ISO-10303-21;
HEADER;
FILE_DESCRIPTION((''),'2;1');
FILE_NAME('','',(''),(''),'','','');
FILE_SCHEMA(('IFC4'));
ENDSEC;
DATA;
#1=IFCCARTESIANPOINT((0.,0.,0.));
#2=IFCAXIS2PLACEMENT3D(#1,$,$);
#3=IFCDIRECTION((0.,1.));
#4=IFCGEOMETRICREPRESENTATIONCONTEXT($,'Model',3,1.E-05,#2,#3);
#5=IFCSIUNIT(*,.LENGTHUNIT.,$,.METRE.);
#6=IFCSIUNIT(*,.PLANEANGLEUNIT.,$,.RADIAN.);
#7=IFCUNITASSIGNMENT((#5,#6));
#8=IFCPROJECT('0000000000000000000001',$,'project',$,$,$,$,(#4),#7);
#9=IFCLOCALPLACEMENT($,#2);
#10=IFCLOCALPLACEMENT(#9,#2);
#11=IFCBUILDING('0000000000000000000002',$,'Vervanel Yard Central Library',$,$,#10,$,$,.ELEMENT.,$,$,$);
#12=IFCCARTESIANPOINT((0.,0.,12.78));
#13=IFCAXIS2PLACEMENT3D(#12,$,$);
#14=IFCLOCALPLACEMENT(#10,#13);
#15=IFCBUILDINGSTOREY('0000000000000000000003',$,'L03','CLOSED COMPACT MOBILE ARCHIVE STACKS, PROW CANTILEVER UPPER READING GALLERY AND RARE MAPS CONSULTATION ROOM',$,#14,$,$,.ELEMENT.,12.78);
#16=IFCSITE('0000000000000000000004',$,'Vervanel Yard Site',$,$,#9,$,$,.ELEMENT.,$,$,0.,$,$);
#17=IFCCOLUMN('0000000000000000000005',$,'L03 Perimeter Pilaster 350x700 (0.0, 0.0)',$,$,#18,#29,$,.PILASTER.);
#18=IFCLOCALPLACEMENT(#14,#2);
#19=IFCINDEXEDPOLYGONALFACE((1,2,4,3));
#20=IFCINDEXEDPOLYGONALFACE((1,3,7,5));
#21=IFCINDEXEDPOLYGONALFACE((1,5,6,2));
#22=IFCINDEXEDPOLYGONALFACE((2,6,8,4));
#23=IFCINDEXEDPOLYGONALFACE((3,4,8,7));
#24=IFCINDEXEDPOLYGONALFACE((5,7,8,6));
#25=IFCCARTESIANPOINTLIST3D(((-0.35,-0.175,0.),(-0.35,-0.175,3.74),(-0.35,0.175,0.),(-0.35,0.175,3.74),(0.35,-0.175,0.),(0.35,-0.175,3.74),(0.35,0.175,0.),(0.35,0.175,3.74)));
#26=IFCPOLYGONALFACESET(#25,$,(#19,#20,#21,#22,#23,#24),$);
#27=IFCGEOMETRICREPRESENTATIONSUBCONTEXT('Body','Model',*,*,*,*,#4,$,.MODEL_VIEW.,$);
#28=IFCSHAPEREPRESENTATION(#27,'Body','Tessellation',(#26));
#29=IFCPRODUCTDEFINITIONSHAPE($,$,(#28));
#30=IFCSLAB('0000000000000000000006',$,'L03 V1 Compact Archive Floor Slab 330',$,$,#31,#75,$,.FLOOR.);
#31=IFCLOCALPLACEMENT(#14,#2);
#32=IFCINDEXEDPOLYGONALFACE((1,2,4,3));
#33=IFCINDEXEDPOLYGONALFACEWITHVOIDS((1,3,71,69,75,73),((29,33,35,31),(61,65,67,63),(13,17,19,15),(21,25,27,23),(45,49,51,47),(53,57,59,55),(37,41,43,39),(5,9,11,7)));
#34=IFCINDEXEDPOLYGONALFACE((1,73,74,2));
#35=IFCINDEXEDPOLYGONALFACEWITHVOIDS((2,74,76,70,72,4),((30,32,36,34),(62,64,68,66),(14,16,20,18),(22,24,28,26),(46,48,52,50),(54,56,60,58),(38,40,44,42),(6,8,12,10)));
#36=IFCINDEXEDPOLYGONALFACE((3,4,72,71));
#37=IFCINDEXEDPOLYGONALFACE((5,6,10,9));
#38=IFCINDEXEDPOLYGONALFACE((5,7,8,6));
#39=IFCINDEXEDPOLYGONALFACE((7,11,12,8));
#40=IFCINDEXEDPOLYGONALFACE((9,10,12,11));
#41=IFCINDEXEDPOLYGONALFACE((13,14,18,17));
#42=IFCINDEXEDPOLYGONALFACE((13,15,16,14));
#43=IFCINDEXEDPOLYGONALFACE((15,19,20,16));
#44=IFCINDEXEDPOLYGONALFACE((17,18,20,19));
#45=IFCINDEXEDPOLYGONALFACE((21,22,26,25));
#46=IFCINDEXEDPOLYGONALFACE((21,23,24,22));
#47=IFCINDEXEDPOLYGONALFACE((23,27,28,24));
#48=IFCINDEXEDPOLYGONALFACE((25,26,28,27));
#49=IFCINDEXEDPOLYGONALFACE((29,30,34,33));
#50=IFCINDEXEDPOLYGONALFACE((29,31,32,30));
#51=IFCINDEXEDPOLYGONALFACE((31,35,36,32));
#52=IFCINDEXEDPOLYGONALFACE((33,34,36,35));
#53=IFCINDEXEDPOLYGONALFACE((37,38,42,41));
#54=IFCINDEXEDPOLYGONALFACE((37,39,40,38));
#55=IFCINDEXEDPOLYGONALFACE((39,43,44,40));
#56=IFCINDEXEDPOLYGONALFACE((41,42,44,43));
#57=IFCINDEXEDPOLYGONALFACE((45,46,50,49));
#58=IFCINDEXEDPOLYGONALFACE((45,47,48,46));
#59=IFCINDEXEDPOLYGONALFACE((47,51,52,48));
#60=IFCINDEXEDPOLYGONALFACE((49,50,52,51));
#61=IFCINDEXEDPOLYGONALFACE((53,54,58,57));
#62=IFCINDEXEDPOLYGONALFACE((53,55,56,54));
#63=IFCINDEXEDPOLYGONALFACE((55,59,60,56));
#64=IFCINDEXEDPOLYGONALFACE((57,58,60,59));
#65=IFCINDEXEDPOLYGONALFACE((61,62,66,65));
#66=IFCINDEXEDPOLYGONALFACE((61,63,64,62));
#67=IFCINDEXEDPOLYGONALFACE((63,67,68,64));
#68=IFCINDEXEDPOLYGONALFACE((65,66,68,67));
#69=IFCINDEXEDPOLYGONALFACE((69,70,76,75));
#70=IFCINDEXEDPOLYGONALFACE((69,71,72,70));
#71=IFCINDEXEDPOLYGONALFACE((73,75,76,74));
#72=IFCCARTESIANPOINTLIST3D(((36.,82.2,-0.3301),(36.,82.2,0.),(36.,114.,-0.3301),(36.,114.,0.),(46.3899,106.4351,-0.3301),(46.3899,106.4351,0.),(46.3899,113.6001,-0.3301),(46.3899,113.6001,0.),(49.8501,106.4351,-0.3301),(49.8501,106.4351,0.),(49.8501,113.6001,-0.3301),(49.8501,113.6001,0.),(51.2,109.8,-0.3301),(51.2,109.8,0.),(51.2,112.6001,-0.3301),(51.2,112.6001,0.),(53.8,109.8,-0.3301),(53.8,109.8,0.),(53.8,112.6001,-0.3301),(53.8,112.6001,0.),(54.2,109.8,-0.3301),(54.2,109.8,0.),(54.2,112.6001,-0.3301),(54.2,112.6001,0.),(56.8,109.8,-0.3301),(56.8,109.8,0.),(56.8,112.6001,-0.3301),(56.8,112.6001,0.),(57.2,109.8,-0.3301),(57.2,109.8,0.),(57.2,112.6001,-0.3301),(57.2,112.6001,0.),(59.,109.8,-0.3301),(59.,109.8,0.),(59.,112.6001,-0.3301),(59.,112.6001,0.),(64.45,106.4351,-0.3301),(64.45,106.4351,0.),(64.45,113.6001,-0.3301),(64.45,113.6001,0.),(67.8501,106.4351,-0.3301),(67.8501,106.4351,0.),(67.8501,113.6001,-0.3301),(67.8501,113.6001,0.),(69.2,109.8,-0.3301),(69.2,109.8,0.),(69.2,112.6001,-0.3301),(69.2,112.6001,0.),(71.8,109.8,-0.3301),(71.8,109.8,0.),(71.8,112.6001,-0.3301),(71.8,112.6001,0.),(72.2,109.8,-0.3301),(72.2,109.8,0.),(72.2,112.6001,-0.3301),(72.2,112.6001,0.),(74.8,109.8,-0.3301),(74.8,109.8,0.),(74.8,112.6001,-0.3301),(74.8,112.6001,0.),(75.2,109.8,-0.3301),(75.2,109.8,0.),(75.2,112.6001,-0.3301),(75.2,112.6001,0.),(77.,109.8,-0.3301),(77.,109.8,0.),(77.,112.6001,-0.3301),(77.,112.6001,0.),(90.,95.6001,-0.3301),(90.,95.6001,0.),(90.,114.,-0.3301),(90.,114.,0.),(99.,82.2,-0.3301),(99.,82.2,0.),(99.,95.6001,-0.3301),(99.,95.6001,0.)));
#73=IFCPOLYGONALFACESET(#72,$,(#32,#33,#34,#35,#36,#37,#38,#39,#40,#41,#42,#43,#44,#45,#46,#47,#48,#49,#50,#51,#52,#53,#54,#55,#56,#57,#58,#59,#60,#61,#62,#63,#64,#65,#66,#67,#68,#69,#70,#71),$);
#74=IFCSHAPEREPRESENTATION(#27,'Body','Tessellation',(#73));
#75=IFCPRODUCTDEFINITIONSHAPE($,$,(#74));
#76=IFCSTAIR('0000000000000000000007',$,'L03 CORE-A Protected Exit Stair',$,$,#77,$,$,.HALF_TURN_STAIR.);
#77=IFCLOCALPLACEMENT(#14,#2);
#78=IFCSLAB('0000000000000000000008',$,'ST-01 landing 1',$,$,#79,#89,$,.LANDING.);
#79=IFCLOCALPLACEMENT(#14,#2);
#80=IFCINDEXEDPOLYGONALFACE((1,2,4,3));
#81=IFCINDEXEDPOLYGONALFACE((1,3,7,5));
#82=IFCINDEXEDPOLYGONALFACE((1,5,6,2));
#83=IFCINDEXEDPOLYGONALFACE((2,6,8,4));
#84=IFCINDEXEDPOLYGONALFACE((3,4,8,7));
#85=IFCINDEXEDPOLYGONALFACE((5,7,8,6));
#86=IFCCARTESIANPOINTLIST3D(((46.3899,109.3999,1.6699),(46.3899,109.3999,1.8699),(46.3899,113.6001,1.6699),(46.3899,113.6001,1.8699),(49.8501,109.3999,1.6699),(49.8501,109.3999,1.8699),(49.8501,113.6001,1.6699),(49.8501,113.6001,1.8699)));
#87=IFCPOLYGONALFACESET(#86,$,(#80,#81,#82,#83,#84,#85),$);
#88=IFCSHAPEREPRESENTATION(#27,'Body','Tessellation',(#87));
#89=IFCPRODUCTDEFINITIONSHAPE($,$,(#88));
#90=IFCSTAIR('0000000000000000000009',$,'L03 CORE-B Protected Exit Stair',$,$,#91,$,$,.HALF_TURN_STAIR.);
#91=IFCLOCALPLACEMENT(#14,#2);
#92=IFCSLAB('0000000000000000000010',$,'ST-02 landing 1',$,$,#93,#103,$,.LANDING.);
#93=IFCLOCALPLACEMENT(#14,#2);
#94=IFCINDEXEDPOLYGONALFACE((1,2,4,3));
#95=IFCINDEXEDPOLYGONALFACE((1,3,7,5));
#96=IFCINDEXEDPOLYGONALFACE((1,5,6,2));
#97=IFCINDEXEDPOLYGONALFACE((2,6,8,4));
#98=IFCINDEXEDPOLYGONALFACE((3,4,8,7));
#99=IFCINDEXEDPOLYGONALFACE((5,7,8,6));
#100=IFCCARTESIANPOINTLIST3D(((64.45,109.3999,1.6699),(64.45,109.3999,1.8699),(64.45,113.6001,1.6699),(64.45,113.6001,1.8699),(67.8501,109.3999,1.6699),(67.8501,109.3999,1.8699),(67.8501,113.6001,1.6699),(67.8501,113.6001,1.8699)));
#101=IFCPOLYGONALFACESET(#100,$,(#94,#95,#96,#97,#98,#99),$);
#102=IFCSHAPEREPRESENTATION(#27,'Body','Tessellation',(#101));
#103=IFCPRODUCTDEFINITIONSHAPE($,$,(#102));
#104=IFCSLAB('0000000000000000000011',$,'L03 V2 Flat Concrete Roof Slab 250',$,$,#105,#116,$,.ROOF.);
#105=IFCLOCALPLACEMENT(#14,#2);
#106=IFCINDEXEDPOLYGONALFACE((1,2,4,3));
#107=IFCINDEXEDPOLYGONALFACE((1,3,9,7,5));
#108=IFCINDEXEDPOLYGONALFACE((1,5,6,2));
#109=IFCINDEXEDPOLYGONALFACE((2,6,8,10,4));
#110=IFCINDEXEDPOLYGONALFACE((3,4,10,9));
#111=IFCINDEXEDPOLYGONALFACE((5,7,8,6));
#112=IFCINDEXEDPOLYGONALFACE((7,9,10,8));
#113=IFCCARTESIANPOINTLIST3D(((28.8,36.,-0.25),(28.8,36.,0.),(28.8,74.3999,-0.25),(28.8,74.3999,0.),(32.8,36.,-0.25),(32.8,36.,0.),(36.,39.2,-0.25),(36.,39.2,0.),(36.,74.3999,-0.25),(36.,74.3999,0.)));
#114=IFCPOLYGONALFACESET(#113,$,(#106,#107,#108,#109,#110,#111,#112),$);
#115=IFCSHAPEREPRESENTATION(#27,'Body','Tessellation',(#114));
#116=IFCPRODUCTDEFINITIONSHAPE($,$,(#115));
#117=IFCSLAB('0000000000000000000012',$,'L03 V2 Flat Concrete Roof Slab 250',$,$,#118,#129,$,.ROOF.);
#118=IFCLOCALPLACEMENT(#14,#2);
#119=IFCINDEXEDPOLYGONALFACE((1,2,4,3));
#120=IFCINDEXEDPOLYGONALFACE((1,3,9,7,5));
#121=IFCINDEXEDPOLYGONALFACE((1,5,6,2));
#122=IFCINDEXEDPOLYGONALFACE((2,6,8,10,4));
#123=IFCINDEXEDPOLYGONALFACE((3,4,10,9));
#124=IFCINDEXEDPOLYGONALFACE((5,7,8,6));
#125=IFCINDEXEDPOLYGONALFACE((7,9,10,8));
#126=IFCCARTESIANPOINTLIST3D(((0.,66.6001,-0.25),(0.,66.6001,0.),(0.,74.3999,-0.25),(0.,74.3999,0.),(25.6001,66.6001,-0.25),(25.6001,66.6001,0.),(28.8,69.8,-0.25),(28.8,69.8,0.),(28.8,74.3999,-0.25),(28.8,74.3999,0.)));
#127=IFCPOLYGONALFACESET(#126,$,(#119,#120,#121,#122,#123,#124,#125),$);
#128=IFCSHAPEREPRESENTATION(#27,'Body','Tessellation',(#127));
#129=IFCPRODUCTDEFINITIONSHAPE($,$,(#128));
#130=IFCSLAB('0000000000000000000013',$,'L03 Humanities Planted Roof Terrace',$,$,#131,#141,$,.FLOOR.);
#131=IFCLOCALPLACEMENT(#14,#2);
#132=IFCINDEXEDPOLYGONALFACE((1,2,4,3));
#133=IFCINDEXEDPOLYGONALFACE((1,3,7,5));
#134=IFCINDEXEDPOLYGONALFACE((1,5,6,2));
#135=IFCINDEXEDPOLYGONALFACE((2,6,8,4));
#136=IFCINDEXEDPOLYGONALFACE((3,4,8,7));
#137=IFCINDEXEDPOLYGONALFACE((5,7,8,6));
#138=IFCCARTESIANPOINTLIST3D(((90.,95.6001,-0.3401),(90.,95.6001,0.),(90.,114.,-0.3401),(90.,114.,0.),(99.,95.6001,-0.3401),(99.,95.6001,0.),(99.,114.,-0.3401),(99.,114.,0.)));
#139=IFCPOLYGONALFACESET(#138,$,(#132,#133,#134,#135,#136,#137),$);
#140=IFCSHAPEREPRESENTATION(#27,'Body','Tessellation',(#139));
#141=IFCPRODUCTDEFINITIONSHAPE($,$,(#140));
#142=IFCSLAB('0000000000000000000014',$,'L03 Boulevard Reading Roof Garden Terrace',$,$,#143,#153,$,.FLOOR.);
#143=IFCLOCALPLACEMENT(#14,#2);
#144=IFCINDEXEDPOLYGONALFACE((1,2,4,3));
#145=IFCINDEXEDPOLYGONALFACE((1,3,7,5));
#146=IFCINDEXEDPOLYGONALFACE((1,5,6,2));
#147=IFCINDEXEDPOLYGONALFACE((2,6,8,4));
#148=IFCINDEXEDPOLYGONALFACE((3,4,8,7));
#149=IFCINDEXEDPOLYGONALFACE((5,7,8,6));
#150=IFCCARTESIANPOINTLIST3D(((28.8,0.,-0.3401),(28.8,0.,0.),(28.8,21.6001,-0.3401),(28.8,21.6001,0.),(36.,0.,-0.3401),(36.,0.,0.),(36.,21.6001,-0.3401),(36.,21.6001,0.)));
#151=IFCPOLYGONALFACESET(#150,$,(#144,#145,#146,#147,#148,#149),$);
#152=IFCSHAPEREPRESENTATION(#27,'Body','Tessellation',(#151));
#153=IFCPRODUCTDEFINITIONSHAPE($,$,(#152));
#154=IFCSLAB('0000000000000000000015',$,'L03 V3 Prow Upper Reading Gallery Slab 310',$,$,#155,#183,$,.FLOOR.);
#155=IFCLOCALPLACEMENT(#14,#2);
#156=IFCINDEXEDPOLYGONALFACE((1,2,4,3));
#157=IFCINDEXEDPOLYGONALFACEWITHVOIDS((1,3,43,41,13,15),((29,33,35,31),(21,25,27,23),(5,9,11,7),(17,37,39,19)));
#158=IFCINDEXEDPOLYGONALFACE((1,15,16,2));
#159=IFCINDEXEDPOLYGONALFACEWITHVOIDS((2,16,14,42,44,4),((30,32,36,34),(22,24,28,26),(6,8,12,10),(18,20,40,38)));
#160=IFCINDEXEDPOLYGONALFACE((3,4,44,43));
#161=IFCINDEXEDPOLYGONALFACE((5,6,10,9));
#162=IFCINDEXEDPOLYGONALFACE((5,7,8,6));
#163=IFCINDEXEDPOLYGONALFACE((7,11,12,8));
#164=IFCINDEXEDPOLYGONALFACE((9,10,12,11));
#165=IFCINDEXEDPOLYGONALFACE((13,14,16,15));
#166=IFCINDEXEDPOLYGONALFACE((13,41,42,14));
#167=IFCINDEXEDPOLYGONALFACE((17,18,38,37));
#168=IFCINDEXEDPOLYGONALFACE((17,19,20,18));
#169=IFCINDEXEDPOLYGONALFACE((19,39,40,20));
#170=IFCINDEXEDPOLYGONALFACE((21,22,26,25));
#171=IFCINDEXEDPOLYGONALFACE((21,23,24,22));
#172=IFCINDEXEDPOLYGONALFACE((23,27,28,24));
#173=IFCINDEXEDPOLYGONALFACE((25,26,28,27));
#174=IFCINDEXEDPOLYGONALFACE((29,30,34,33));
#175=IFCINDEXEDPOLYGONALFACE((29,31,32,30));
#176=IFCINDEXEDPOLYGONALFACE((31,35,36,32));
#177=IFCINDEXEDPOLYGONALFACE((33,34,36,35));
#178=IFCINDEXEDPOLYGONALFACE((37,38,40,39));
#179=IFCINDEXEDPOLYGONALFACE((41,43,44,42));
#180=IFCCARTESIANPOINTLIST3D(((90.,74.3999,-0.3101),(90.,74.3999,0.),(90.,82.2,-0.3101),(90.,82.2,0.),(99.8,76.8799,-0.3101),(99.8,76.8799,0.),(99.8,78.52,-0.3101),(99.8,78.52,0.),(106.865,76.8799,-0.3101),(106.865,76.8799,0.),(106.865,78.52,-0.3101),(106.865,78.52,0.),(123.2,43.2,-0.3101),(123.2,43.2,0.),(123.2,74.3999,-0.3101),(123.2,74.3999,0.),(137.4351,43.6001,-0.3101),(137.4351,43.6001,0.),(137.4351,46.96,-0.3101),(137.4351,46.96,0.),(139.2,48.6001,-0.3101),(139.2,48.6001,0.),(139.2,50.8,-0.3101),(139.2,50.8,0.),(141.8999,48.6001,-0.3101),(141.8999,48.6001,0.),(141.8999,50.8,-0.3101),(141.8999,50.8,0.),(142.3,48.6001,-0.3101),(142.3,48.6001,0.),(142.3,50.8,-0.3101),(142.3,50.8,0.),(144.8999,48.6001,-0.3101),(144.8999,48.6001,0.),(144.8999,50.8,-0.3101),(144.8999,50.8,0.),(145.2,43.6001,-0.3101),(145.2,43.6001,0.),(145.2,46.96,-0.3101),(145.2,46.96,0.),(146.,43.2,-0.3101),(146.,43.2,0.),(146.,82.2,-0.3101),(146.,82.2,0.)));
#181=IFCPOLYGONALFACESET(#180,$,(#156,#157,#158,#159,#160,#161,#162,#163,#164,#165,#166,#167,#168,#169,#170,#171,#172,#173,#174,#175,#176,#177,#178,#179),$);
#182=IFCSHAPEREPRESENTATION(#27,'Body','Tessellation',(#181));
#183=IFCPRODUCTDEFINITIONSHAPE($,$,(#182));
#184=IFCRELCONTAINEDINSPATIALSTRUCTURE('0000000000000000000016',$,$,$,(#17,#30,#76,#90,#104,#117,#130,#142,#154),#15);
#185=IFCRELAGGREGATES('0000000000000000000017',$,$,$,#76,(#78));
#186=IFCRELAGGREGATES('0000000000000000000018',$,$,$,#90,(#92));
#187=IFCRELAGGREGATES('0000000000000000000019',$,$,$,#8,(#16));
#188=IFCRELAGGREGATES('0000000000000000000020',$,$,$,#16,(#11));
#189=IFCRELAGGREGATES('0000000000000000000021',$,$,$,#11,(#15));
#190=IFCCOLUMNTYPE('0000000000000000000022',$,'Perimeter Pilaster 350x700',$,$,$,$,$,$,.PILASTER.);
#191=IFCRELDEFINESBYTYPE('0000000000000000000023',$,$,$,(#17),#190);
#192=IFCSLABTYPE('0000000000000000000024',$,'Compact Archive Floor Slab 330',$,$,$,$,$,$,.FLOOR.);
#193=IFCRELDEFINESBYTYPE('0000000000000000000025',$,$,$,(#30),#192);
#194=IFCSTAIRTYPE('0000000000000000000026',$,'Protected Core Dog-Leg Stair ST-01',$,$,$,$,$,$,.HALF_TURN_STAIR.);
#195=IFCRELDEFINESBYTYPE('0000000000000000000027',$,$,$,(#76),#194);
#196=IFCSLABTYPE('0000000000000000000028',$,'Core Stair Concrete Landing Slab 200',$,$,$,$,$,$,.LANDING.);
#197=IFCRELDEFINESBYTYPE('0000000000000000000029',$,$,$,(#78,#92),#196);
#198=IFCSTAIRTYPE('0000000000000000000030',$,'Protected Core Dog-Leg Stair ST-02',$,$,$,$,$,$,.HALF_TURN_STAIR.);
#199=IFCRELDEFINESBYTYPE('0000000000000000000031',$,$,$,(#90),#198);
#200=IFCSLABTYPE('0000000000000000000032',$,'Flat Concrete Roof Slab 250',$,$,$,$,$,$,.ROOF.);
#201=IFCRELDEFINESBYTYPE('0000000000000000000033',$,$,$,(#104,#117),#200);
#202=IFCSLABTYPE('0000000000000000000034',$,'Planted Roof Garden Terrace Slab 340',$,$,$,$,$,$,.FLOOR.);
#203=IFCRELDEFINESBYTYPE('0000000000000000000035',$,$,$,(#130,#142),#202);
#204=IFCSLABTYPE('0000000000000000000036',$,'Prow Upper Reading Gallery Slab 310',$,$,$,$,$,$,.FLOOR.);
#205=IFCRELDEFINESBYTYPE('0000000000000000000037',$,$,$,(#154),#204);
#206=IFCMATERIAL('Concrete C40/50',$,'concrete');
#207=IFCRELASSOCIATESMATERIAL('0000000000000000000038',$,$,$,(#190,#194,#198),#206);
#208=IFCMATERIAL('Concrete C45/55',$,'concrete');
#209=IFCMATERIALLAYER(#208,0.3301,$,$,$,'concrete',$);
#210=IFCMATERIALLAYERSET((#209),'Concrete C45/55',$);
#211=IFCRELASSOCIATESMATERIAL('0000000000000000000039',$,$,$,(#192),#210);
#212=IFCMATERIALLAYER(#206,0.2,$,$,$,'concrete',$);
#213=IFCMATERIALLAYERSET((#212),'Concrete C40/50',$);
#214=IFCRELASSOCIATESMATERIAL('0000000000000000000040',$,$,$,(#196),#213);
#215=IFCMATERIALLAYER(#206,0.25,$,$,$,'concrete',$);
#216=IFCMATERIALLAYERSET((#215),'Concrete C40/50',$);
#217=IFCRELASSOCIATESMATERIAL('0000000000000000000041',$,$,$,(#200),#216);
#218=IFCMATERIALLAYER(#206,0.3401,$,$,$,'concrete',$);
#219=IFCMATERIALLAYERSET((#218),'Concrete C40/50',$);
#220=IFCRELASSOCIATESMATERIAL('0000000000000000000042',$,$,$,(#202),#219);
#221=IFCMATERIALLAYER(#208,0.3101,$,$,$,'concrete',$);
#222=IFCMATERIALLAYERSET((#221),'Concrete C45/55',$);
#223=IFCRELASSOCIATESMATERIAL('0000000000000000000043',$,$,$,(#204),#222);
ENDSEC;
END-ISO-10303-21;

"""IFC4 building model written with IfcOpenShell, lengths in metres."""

from ifc_helpers import new_model, si_unit, direction, frame, origin, origin_2d, place, context, subcontext, project, spatial, polyline, rectangle, outline, extrude, material, layer, layer_set, material_profile, profile_set, type_object, element, aggregate, save


model = new_model("IFC4")

# Units and contexts
model_context = context("Model", 3, precision=1e-05, world=origin(), true_north=direction((0.0, 1.0)))
body_context = subcontext(model_context, "Body", "Model", "MODEL_VIEW")
ifc_project = project(units=[si_unit("LENGTHUNIT", "METRE"), si_unit("PLANEANGLEUNIT", "RADIAN")], contexts=[model_context])

# Site, building, storey
site_placement = place(None, origin())
site = spatial("IfcSite", under=ifc_project, at=site_placement, Name="Vervanel Yard Site", CompositionType="ELEMENT", RefElevation=0.0)
building_placement = place(site_placement, origin())
building = spatial("IfcBuilding", under=site, at=building_placement, Name="Vervanel Yard Central Library", CompositionType="ELEMENT")
storey_placement = place(building_placement, frame((0.0, 0.0, 12.78)))
storey = spatial("IfcBuildingStorey", under=building, at=storey_placement, Name="L03", Description="CLOSED COMPACT MOBILE ARCHIVE STACKS, PROW CANTILEVER UPPER READING GALLERY AND RARE MAPS CONSULTATION ROOM", CompositionType="ELEMENT", Elevation=12.78)

# Column
ifc_material_1 = material(Name="Concrete C40/50", Category="concrete")
ifc_material_profile = material_profile(ifc_material_1, rectangle(XDim=0.3501, YDim=0.7, at=origin_2d()), Name="RC 350x700", Category="concrete")
ifc_profile_set = profile_set([ifc_material_profile], Name="Concrete C40/50")
column_type = type_object("IfcColumnType", Name="Perimeter Pilaster 350x700", PredefinedType="PILASTER", material=ifc_profile_set)
column_placement = place(storey_placement, frame((0.0, 0.0, 0.0), z_axis=(0.0, 0.0, 1.0), x_axis=(0.0, 1.0, 0.0)))
element("IfcColumn", 1, at=column_placement, inside=storey, type_object=column_type, Name="L03 Perimeter Pilaster 350x700 (0.0, 0.0)", PredefinedType="PILASTER", context=body_context, shape_type="SweptSolid", body=[
    extrude(rectangle(XDim=0.3501, YDim=0.7, at=origin_2d()), origin(), (0.0, 0.0, 1.0), 3.74),
])

# Slab
ifc_material_2 = material(Name="Concrete C45/55", Category="concrete")
ifc_layer_1 = layer(ifc_material_2, 0.3301, Category="concrete")
ifc_layer_set_1 = layer_set([ifc_layer_1], Name="Concrete C45/55")
slab_type_1 = type_object("IfcSlabType", Name="Compact Archive Floor Slab 330", PredefinedType="FLOOR", material=ifc_layer_set_1)
slab_1_placement = place(storey_placement, frame((0.0, 0.0, -0.3301)))
element("IfcSlab", 2, at=slab_1_placement, inside=storey, type_object=slab_type_1, Name="L03 V1 Compact Archive Floor Slab 330", PredefinedType="FLOOR", context=body_context, shape_type="SweptSolid", body=[
    extrude(outline(polyline([(36.0, 82.2), (99.0, 82.2), (99.0, 95.6001), (90.0, 95.6001), (90.0, 114.0), (36.0, 114.0), (36.0, 82.2)]), holes=[polyline([(46.3899, 106.4351), (49.8501, 106.4351), (49.8501, 113.6001), (46.3899, 113.6001), (46.3899, 106.4351)]), polyline([(51.2, 109.8), (53.8, 109.8), (53.8, 112.6001), (51.2, 112.6001), (51.2, 109.8)]), polyline([(54.2, 109.8), (56.8, 109.8), (56.8, 112.6001), (54.2, 112.6001), (54.2, 109.8)]), polyline([(57.2, 109.8), (59.0, 109.8), (59.0, 112.6001), (57.2, 112.6001), (57.2, 109.8)]), polyline([(64.45, 106.4351), (67.8501, 106.4351), (67.8501, 113.6001), (64.45, 113.6001), (64.45, 106.4351)]), polyline([(69.2, 109.8), (71.8, 109.8), (71.8, 112.6001), (69.2, 112.6001), (69.2, 109.8)]), polyline([(72.2, 109.8), (74.8, 109.8), (74.8, 112.6001), (72.2, 112.6001), (72.2, 109.8)]), polyline([(75.2, 109.8), (77.0, 109.8), (77.0, 112.6001), (75.2, 112.6001), (75.2, 109.8)])]), origin(), (0.0, 0.0, 1.0), 0.3301),
])

# Stairs, slabs
stair_type_1 = type_object("IfcStairType", Name="Protected Core Dog-Leg Stair ST-01", PredefinedType="HALF_TURN_STAIR", material=ifc_material_1)
stair_1_placement = place(storey_placement, origin())
stair_1 = element("IfcStair", 3, at=stair_1_placement, inside=storey, type_object=stair_type_1, Name="L03 CORE-A Protected Exit Stair", PredefinedType="HALF_TURN_STAIR")
ifc_layer_2 = layer(ifc_material_1, 0.2, Category="concrete")
ifc_layer_set_2 = layer_set([ifc_layer_2], Name="Concrete C40/50")
slab_type_2 = type_object("IfcSlabType", Name="Core Stair Concrete Landing Slab 200", PredefinedType="LANDING", material=ifc_layer_set_2)
slab_2_placement = place(storey_placement, frame((0.0, 0.0, 1.6699)))
slab_2 = element("IfcSlab", 4, at=slab_2_placement, type_object=slab_type_2, Name="ST-01 landing 1", PredefinedType="LANDING", context=body_context, shape_type="SweptSolid", body=[
    extrude(outline(polyline([(49.8501, 109.3999), (49.8501, 113.6001), (46.3899, 113.6001), (46.3899, 109.3999), (49.8501, 109.3999)])), origin(), (0.0, 0.0, 1.0), 0.2),
])
aggregate(stair_1, [slab_2])
stair_type_2 = type_object("IfcStairType", Name="Protected Core Dog-Leg Stair ST-02", PredefinedType="HALF_TURN_STAIR", material=ifc_material_1)
stair_2_placement = place(storey_placement, origin())
stair_2 = element("IfcStair", 5, at=stair_2_placement, inside=storey, type_object=stair_type_2, Name="L03 CORE-B Protected Exit Stair", PredefinedType="HALF_TURN_STAIR")
slab_3_placement = place(storey_placement, frame((0.0, 0.0, 1.6699)))
slab_3 = element("IfcSlab", 6, at=slab_3_placement, type_object=slab_type_2, Name="ST-02 landing 1", PredefinedType="LANDING", context=body_context, shape_type="SweptSolid", body=[
    extrude(outline(polyline([(67.8501, 109.3999), (67.8501, 113.6001), (64.45, 113.6001), (64.45, 109.3999), (67.8501, 109.3999)])), origin(), (0.0, 0.0, 1.0), 0.2),
])
aggregate(stair_2, [slab_3])

# Slabs
ifc_layer_3 = layer(ifc_material_1, 0.25, Category="concrete")
ifc_layer_set_3 = layer_set([ifc_layer_3], Name="Concrete C40/50")
slab_type_3 = type_object("IfcSlabType", Name="Flat Concrete Roof Slab 250", PredefinedType="ROOF", material=ifc_layer_set_3)
slab_4_placement = place(storey_placement, frame((0.0, 0.0, -0.25)))
element("IfcSlab", 7, at=slab_4_placement, inside=storey, type_object=slab_type_3, Name="L03 V2 Flat Concrete Roof Slab 250", PredefinedType="ROOF", context=body_context, shape_type="SweptSolid", body=[
    extrude(outline(polyline([(28.8, 36.0), (32.8, 36.0), (36.0, 39.2), (36.0, 74.3999), (28.8, 74.3999), (28.8, 36.0)])), origin(), (0.0, 0.0, 1.0), 0.25),
])
slab_5_placement = place(storey_placement, frame((0.0, 0.0, -0.25)))
element("IfcSlab", 8, at=slab_5_placement, inside=storey, type_object=slab_type_3, Name="L03 V2 Flat Concrete Roof Slab 250", PredefinedType="ROOF", context=body_context, shape_type="SweptSolid", body=[
    extrude(outline(polyline([(0.0, 66.6001), (25.6001, 66.6001), (28.8, 69.8), (28.8, 74.3999), (0.0, 74.3999), (0.0, 66.6001)])), origin(), (0.0, 0.0, 1.0), 0.25),
])
ifc_layer_4 = layer(ifc_material_1, 0.3401, Category="concrete")
ifc_layer_set_4 = layer_set([ifc_layer_4], Name="Concrete C40/50")
slab_type_4 = type_object("IfcSlabType", Name="Planted Roof Garden Terrace Slab 340", PredefinedType="FLOOR", material=ifc_layer_set_4)
slab_6_placement = place(storey_placement, frame((0.0, 0.0, -0.3401)))
element("IfcSlab", 9, at=slab_6_placement, inside=storey, type_object=slab_type_4, Name="L03 Humanities Planted Roof Terrace", PredefinedType="FLOOR", context=body_context, shape_type="SweptSolid", body=[
    extrude(outline(polyline([(90.0, 95.6001), (99.0, 95.6001), (99.0, 114.0), (90.0, 114.0), (90.0, 95.6001)])), origin(), (0.0, 0.0, 1.0), 0.3401),
])
slab_7_placement = place(storey_placement, frame((0.0, 0.0, -0.3401)))
element("IfcSlab", 10, at=slab_7_placement, inside=storey, type_object=slab_type_4, Name="L03 Boulevard Reading Roof Garden Terrace", PredefinedType="FLOOR", context=body_context, shape_type="SweptSolid", body=[
    extrude(outline(polyline([(28.8, 0.0), (36.0, 0.0), (36.0, 21.6001), (28.8, 21.6001), (28.8, 0.0)])), origin(), (0.0, 0.0, 1.0), 0.3401),
])
ifc_layer_5 = layer(ifc_material_2, 0.3101, Category="concrete")
ifc_layer_set_5 = layer_set([ifc_layer_5], Name="Concrete C45/55")
slab_type_5 = type_object("IfcSlabType", Name="Prow Upper Reading Gallery Slab 310", PredefinedType="FLOOR", material=ifc_layer_set_5)
slab_8_placement = place(storey_placement, frame((0.0, 0.0, -0.3101)))
element("IfcSlab", 11, at=slab_8_placement, inside=storey, type_object=slab_type_5, Name="L03 V3 Prow Upper Reading Gallery Slab 310", PredefinedType="FLOOR", context=body_context, shape_type="SweptSolid", body=[
    extrude(outline(polyline([(123.2, 43.2), (146.0, 43.2), (146.0, 82.2), (90.0, 82.2), (90.0, 74.3999), (123.2, 74.3999), (123.2, 43.2)]), holes=[polyline([(137.4351, 43.6001), (145.2, 43.6001), (145.2, 46.96), (137.4351, 46.96), (137.4351, 43.6001)]), polyline([(139.2, 48.6001), (141.8999, 48.6001), (141.8999, 50.8), (139.2, 50.8), (139.2, 48.6001)]), polyline([(142.3, 48.6001), (144.8999, 48.6001), (144.8999, 50.8), (142.3, 50.8), (142.3, 48.6001)]), polyline([(99.8, 76.8799), (106.865, 76.8799), (106.865, 78.52), (99.8, 78.52), (99.8, 76.8799)])]), origin(), (0.0, 0.0, 1.0), 0.3101),
])

save(model, "model.ifc")
